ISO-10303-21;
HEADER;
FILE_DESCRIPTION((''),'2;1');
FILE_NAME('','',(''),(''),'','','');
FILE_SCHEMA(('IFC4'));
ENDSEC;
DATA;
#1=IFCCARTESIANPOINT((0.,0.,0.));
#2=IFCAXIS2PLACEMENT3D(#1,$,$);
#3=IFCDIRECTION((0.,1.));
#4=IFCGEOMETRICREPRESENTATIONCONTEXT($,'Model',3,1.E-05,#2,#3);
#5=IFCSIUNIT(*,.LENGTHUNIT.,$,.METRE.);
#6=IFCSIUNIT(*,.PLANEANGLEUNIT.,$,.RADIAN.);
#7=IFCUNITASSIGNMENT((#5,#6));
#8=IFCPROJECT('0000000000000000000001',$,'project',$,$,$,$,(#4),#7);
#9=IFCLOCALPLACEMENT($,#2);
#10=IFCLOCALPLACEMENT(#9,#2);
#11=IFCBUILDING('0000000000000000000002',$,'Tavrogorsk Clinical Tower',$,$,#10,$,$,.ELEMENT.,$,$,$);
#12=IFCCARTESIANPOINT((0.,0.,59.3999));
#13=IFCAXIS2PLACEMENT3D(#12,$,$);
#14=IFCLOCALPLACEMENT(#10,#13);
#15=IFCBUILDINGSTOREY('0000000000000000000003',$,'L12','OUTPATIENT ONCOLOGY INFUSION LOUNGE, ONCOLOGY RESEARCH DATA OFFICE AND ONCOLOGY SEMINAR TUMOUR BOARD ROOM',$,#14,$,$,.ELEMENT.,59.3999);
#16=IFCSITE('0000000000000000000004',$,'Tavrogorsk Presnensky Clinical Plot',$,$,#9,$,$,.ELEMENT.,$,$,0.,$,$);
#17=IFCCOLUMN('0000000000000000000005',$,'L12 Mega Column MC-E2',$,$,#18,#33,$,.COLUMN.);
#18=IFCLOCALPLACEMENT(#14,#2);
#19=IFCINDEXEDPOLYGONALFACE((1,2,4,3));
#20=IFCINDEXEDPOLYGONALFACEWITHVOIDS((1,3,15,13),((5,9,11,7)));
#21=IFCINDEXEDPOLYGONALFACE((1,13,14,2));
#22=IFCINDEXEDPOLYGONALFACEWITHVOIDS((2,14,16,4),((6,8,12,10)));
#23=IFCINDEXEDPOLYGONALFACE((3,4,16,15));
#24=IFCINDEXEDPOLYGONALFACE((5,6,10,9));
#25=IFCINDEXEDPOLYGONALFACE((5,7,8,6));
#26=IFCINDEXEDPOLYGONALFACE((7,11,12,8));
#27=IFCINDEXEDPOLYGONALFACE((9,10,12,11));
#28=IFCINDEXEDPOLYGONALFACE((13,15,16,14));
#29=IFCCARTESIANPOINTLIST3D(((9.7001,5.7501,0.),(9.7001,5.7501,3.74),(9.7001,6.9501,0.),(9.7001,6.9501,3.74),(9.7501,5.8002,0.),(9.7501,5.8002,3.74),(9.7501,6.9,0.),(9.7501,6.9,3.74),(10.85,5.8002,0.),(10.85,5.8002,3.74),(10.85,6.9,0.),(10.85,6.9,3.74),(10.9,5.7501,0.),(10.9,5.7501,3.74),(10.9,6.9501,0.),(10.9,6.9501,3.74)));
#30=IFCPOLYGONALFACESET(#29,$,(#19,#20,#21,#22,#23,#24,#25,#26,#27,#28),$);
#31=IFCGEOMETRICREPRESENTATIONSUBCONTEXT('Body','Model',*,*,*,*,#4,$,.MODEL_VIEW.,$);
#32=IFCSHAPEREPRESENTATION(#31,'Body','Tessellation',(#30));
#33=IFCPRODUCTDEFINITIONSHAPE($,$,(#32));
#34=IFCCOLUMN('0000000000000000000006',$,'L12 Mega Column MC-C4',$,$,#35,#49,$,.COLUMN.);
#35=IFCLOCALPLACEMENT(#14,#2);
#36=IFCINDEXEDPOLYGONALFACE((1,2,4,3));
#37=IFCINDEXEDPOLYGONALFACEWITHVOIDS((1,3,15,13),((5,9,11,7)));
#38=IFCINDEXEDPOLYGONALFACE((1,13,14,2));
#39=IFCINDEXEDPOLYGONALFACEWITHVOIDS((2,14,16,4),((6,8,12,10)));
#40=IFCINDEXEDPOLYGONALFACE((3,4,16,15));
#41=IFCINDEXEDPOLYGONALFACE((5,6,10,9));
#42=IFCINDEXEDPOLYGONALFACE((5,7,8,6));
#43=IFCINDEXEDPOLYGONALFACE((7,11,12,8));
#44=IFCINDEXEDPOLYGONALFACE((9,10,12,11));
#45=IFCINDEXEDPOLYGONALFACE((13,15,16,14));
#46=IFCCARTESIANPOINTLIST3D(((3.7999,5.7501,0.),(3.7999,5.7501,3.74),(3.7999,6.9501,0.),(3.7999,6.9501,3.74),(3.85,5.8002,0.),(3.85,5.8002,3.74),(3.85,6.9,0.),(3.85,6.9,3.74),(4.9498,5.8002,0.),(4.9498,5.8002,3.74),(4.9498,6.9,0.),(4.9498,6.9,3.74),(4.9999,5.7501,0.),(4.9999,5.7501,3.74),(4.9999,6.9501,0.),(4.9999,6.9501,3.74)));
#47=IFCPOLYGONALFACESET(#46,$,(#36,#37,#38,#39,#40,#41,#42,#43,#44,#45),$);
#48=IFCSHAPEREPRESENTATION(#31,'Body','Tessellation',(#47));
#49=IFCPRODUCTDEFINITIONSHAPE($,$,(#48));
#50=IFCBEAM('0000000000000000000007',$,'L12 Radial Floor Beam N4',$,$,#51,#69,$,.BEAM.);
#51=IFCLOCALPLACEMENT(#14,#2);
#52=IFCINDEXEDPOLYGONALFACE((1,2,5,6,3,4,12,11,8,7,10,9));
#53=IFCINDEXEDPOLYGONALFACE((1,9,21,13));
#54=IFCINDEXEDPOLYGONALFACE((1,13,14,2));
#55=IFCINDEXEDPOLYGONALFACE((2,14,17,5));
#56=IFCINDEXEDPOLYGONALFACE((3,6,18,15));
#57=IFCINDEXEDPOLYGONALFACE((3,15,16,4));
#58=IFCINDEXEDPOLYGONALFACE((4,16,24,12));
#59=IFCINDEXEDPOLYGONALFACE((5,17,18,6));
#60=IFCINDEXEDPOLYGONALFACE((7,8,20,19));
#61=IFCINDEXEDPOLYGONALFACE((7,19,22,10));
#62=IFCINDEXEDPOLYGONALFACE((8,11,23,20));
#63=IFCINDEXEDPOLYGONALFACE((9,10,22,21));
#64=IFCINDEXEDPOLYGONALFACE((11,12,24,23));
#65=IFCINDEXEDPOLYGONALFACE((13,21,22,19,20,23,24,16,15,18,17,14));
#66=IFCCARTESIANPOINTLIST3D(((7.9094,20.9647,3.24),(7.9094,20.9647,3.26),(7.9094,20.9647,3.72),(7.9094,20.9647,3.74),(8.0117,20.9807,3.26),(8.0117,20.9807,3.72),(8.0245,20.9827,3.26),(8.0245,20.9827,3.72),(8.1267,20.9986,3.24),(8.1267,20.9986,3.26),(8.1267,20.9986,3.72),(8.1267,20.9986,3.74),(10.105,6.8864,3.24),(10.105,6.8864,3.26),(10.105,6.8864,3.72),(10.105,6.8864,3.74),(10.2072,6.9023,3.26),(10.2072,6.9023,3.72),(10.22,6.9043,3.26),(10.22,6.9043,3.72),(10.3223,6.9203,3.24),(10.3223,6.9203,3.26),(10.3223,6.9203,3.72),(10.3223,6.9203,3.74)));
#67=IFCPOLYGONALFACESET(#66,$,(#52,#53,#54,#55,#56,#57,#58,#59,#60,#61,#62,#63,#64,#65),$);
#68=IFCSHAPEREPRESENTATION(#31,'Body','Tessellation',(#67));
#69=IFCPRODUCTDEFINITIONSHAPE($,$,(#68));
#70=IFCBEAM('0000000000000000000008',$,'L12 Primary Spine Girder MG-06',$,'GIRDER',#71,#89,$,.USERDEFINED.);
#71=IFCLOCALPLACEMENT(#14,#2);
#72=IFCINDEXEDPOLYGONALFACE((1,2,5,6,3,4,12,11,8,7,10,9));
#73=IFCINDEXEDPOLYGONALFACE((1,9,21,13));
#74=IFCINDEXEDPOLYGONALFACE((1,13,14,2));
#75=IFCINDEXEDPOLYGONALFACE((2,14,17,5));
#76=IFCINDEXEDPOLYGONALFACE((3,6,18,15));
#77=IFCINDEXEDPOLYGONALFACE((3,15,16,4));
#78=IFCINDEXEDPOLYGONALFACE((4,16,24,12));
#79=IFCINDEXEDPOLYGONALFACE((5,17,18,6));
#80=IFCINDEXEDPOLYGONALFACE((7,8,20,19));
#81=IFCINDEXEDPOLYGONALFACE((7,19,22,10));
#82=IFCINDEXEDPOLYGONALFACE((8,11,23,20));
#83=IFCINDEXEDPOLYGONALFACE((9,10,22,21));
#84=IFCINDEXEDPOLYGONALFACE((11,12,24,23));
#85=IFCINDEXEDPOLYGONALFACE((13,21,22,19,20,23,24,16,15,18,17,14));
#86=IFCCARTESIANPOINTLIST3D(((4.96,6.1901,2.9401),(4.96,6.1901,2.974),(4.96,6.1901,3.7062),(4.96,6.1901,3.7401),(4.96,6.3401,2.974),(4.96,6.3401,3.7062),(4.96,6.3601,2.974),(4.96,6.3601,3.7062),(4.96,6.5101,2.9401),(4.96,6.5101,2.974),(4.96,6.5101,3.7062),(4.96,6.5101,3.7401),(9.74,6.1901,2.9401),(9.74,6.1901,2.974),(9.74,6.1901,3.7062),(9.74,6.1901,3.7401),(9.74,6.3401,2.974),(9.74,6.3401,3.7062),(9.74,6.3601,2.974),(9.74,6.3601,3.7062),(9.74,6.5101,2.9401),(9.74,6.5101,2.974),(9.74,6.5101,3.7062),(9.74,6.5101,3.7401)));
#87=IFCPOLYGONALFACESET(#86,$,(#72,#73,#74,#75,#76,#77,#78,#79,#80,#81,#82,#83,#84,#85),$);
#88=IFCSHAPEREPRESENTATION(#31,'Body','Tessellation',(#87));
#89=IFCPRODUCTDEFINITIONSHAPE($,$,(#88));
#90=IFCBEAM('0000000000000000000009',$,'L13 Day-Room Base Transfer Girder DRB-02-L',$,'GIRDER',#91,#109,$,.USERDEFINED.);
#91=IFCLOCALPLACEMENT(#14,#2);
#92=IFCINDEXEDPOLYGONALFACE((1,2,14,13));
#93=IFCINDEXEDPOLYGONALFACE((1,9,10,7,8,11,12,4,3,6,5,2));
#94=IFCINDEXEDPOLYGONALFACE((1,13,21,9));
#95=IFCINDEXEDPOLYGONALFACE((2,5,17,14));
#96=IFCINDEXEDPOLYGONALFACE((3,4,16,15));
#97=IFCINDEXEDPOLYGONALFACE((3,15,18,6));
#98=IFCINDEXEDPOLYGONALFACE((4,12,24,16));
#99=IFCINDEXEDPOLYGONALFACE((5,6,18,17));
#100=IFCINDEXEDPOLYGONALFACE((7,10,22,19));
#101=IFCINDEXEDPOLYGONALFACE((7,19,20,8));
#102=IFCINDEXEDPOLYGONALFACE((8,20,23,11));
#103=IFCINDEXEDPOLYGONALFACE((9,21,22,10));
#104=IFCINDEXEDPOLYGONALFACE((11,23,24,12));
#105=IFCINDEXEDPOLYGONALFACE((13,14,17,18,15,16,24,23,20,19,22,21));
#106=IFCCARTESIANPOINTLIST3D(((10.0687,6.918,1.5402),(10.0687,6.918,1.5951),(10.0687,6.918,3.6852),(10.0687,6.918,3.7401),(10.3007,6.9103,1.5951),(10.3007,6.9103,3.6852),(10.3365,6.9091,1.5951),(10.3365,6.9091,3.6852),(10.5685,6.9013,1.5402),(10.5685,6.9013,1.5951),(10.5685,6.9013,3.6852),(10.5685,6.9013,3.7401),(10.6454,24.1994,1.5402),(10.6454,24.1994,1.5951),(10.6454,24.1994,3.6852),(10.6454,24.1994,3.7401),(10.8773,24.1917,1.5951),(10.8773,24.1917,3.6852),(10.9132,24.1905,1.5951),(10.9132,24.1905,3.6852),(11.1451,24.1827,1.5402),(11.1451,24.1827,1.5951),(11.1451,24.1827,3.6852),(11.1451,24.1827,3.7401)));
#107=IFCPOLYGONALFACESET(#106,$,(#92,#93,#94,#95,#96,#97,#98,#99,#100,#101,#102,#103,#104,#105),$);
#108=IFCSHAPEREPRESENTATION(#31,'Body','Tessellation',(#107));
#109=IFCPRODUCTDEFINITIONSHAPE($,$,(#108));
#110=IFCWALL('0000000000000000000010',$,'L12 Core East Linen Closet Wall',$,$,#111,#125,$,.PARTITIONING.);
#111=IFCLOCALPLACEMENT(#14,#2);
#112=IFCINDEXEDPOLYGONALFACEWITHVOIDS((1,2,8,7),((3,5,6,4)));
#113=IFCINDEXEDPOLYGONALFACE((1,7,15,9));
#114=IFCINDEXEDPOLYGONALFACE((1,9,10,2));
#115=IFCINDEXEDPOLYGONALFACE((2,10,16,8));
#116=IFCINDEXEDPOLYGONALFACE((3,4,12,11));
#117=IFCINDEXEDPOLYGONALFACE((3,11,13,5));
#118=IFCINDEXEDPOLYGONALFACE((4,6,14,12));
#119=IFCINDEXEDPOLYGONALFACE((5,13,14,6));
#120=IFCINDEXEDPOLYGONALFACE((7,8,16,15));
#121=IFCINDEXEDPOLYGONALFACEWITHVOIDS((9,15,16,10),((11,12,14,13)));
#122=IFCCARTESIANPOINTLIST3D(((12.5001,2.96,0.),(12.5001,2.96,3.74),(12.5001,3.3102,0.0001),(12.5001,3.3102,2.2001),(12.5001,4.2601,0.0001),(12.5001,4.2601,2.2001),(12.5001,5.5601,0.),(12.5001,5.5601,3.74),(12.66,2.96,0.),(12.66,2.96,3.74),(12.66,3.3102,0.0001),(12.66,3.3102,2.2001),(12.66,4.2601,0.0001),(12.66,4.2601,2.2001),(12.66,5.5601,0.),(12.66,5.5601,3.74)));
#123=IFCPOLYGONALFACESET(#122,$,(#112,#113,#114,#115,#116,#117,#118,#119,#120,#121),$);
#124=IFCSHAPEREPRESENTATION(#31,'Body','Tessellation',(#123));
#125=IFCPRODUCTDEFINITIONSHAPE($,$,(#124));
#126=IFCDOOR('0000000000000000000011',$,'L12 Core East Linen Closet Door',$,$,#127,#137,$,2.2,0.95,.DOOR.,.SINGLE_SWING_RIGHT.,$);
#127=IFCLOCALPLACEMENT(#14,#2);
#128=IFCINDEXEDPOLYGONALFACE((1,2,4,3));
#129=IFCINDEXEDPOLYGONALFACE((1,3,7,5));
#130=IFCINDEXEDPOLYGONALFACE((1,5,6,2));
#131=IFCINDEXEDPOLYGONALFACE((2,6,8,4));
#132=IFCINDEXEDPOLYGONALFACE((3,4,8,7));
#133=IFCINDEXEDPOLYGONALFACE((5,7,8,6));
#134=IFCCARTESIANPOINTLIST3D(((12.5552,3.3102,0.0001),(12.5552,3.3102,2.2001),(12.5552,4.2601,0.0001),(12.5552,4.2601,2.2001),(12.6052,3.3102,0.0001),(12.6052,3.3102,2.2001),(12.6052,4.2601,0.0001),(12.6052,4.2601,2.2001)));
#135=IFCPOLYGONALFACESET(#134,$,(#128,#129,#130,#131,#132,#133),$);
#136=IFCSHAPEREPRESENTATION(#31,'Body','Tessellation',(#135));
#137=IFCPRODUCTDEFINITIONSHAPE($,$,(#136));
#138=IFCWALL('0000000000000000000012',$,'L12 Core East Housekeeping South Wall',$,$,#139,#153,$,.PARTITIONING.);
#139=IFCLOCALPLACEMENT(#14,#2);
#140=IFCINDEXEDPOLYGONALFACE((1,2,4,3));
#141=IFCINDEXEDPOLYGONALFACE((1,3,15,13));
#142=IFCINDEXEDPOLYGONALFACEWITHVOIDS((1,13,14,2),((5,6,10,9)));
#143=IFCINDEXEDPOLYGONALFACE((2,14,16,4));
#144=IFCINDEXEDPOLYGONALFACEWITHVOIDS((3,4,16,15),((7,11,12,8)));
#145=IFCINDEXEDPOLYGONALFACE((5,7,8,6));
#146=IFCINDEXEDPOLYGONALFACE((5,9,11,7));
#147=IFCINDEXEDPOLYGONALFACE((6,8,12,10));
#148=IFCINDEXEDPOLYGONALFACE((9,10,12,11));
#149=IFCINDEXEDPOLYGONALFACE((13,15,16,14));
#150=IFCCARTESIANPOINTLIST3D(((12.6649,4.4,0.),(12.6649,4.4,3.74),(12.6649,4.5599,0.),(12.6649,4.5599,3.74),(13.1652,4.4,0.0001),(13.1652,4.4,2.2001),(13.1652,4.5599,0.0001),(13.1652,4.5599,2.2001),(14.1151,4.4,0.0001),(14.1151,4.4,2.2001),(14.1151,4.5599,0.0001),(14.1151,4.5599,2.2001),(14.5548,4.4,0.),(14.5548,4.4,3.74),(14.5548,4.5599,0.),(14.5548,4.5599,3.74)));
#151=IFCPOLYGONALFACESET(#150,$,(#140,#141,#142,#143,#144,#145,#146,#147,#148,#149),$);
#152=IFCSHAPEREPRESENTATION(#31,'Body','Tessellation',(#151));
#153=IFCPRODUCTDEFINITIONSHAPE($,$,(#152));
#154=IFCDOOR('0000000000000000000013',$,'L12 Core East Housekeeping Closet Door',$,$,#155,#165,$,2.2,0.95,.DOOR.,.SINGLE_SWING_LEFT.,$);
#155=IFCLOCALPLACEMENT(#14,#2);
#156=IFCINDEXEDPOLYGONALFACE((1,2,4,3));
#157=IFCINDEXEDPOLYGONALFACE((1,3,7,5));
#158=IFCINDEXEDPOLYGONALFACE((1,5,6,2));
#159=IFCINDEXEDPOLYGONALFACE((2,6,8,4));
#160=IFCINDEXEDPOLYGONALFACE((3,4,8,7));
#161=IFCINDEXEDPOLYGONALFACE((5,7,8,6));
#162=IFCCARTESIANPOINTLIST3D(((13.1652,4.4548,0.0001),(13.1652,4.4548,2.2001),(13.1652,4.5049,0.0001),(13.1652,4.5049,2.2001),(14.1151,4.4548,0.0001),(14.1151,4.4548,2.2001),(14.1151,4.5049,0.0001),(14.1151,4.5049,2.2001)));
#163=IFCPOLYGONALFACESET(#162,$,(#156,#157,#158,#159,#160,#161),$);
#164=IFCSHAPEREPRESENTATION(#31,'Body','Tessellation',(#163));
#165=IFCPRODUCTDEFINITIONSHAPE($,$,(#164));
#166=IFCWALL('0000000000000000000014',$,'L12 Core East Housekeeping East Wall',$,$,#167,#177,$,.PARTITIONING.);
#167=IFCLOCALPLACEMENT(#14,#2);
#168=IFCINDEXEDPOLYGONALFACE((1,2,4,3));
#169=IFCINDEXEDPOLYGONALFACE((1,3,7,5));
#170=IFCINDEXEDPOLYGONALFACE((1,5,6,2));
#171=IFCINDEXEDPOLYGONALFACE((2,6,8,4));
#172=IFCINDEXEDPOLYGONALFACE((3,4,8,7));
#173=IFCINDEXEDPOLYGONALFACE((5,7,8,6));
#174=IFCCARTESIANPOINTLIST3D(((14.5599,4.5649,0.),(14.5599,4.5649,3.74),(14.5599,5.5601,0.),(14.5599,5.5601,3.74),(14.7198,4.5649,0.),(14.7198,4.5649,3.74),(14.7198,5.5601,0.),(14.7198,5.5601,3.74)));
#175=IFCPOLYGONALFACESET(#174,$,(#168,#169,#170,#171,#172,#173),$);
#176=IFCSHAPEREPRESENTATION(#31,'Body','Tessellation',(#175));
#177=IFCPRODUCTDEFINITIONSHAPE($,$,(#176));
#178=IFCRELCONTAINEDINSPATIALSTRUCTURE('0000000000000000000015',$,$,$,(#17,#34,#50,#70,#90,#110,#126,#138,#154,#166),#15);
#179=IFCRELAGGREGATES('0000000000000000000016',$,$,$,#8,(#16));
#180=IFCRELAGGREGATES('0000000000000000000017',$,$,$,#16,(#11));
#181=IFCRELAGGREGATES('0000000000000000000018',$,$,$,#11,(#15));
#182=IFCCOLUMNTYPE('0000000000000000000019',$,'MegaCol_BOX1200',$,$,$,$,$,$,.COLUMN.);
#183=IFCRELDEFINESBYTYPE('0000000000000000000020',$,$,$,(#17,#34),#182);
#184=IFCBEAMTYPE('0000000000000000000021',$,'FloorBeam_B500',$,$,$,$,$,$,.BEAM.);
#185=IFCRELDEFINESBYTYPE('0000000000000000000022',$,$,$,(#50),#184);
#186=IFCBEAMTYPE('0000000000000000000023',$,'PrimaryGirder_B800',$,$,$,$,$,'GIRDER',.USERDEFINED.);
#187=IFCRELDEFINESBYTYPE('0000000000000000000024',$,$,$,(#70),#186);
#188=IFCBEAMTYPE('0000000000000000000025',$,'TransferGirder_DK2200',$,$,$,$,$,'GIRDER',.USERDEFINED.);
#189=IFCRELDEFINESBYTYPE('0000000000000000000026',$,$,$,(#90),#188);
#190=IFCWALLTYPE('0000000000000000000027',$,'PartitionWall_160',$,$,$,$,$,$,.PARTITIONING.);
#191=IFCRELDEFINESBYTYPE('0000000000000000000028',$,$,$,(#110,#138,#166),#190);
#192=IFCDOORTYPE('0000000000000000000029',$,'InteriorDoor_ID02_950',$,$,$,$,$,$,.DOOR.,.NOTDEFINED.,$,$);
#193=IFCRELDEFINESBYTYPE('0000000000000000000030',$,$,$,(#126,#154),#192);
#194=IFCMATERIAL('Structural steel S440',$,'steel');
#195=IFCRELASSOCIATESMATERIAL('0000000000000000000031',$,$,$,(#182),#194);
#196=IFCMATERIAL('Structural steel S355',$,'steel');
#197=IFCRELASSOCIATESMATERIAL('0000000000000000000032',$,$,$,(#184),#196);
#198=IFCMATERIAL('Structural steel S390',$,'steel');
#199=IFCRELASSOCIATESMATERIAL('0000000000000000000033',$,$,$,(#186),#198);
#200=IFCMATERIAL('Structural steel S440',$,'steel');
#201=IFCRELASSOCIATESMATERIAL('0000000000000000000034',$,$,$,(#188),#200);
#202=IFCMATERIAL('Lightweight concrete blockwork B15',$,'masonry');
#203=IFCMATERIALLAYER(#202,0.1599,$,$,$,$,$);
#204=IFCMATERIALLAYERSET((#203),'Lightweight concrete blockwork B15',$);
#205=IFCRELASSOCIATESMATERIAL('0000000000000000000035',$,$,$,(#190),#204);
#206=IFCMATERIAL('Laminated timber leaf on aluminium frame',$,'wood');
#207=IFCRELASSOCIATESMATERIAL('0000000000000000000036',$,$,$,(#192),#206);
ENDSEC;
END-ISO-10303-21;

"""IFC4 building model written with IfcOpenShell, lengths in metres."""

from ifc_helpers import new_model, si_unit, direction, frame, frame_2d, origin, origin_2d, place, context, subcontext, project, spatial, rectangle, hollow_rectangle, i_section, extrude, material, layer, layer_set, material_profile, profile_set, type_object, element, fill, save


model = new_model("IFC4")

# Units and contexts
model_context = context("Model", 3, precision=1e-05, world=origin(), true_north=direction((0.0, 1.0)))
body_context = subcontext(model_context, "Body", "Model", "MODEL_VIEW")
ifc_project = project(units=[si_unit("LENGTHUNIT", "METRE"), si_unit("PLANEANGLEUNIT", "RADIAN")], contexts=[model_context])

# Site, building, storey
site_placement = place(None, origin())
site = spatial("IfcSite", under=ifc_project, at=site_placement, Name="Tavrogorsk Presnensky Clinical Plot", CompositionType="ELEMENT", RefElevation=0.0)
building_placement = place(site_placement, origin())
building = spatial("IfcBuilding", under=site, at=building_placement, Name="Tavrogorsk Clinical Tower", CompositionType="ELEMENT")
storey_placement = place(building_placement, frame((0.0, 0.0, 59.3999)))
storey = spatial("IfcBuildingStorey", under=building, at=storey_placement, Name="L12", Description="OUTPATIENT ONCOLOGY INFUSION LOUNGE, ONCOLOGY RESEARCH DATA OFFICE AND ONCOLOGY SEMINAR TUMOUR BOARD ROOM", CompositionType="ELEMENT", Elevation=59.3999)

# Columns
ifc_material_1 = material(Name="Structural steel S440", Category="steel")
ifc_material_profile_1 = material_profile(ifc_material_1, hollow_rectangle(XDim=1.2, YDim=1.2, WallThickness=0.05, at=origin_2d()), Name="BOX-1200x1200x50")
ifc_profile_set_1 = profile_set([ifc_material_profile_1], Name="Structural steel S440")
column_type = type_object("IfcColumnType", Name="MegaCol_BOX1200", PredefinedType="COLUMN", material=ifc_profile_set_1)
for number, where, z_axis, x_axis, name in (
    (1, (10.3, 6.3501, 0.0), (0.0, 0.0, 1.0), (1.0, 0.0, 0.0), "L12 Mega Column MC-E2"),
    (2, (4.3999, 6.3501, 0.0), (0.0, 0.0, 1.0), (1.0, 0.0, 0.0), "L12 Mega Column MC-C4"),
):
    element("IfcColumn", number, at=place(storey_placement, frame(where, z_axis=z_axis, x_axis=x_axis)), inside=storey, type_object=column_type, Name=name, PredefinedType="COLUMN", context=body_context, shape_type="SweptSolid", body=[
        extrude(hollow_rectangle(XDim=1.2, YDim=1.2, WallThickness=0.05, at=origin_2d()), origin(), (0.0, 0.0, 1.0), 3.74),
    ])

# Beams
ifc_material_2 = material(Name="Structural steel S355", Category="steel")
ifc_material_profile_2 = material_profile(ifc_material_2, i_section(OverallWidth=0.22, OverallDepth=0.5, WebThickness=0.0129, FlangeThickness=0.02, at=origin_2d()), Name="B-500x220x13x20")
ifc_profile_set_2 = profile_set([ifc_material_profile_2], Name="Structural steel S355")
beam_type_1 = type_object("IfcBeamType", Name="FloorBeam_B500", PredefinedType="BEAM", material=ifc_profile_set_2)
beam_1_placement = place(storey_placement, frame((10.2136, 6.9033, 3.49), z_axis=(-0.15409, 0.988057, 0.0), x_axis=(-0.988057, -0.15409, 0.0)))
element("IfcBeam", 3, at=beam_1_placement, inside=storey, type_object=beam_type_1, Name="L12 Radial Floor Beam N4", PredefinedType="BEAM", context=body_context, shape_type="SweptSolid", body=[
    extrude(i_section(OverallWidth=0.22, OverallDepth=0.5, WebThickness=0.0129, FlangeThickness=0.02, at=origin_2d()), origin(), (0.0, 0.0, 1.0), 14.2485),
])
ifc_material_3 = material(Name="Structural steel S390", Category="steel")
ifc_material_profile_3 = material_profile(ifc_material_3, i_section(OverallWidth=0.3201, OverallDepth=0.8, WebThickness=0.02, FlangeThickness=0.0339, at=origin_2d()), Name="B-800x320x20x34")
ifc_profile_set_3 = profile_set([ifc_material_profile_3], Name="Structural steel S390")
beam_type_2 = type_object("IfcBeamType", Name="PrimaryGirder_B800", ElementType="GIRDER", PredefinedType="USERDEFINED", material=ifc_profile_set_3)
beam_2_placement = place(storey_placement, frame((4.96, 6.3501, 3.3401), z_axis=(1.0, 0.0, 0.0), x_axis=(0.0, 1.0, 0.0)))
element("IfcBeam", 4, at=beam_2_placement, inside=storey, type_object=beam_type_2, Name="L12 Primary Spine Girder MG-06", ObjectType="GIRDER", PredefinedType="USERDEFINED", context=body_context, shape_type="SweptSolid", body=[
    extrude(i_section(OverallWidth=0.3201, OverallDepth=0.8, WebThickness=0.02, FlangeThickness=0.0339, at=origin_2d()), origin(), (0.0, 0.0, 1.0), 4.78),
])
ifc_material_4 = material(Name="Structural steel S440", Category="steel")
ifc_material_profile_4 = material_profile(ifc_material_4, i_section(OverallWidth=0.5, OverallDepth=2.2, WebThickness=0.0359, FlangeThickness=0.0549, at=origin_2d()), Name="DK-2200x500x36x55")
ifc_profile_set_4 = profile_set([ifc_material_profile_4], Name="Structural steel S440")
beam_type_3 = type_object("IfcBeamType", Name="TransferGirder_DK2200", ElementType="GIRDER", PredefinedType="USERDEFINED", material=ifc_profile_set_4)
beam_3_placement = place(storey_placement, frame((10.3186, 6.9097, 2.6401), z_axis=(0.03335, 0.999444, 0.0), x_axis=(-0.999444, 0.03335, 0.0)))
element("IfcBeam", 5, at=beam_3_placement, inside=storey, type_object=beam_type_3, Name="L13 Day-Room Base Transfer Girder DRB-02-L", ObjectType="GIRDER", PredefinedType="USERDEFINED", context=body_context, shape_type="SweptSolid", body=[
    extrude(i_section(OverallWidth=0.5, OverallDepth=2.2, WebThickness=0.0359, FlangeThickness=0.0549, at=origin_2d()), origin(), (0.0, 0.0, 1.0), 17.291),
])

# Walls, openings, doors
ifc_material_5 = material(Name="Lightweight concrete blockwork B15", Category="masonry")
ifc_layer_1 = layer(ifc_material_5, 0.1599)
ifc_layer_set_1 = layer_set([ifc_layer_1], Name="Lightweight concrete blockwork B15")
wall_type_1 = type_object("IfcWallType", Name="PartitionWall_160", PredefinedType="PARTITIONING", material=ifc_layer_set_1)
wall_1_placement = place(storey_placement, frame((12.5801, 2.96, 0.0), z_axis=(0.0, 0.0, 1.0), x_axis=(0.0, 1.0, 0.0)))
wall_1 = element("IfcWall", 6, at=wall_1_placement, inside=storey, type_object=wall_type_1, Name="L12 Core East Linen Closet Wall", PredefinedType="PARTITIONING", context=body_context, shape_type="SweptSolid", body=[
    extrude(rectangle(XDim=2.6001, YDim=0.1599, at=frame_2d((1.3, 0.0))), origin(), (0.0, 0.0, 1.0), 3.74),
])
opening_1_placement = place(wall_1_placement, frame((0.3501, 0.0, 0.0)))
opening_1 = element("IfcOpeningElement", 7, at=opening_1_placement, cuts=wall_1, PredefinedType="OPENING", context=body_context, shape_type="SweptSolid", body=[
    extrude(rectangle(XDim=0.95, YDim=2.2, at=frame_2d((0.4751, 1.1001))), frame((0.0, 0.0898, 0.0), z_axis=(0.0, -1.0, 0.0), x_axis=(1.0, 0.0, 0.0)), (0.0, 0.0, 1.0), 0.1799),
])
ifc_material_6 = material(Name="Laminated timber leaf on aluminium frame", Category="wood")
door_type_1 = type_object("IfcDoorType", Name="InteriorDoor_ID02_950", OperationType="NOTDEFINED", PredefinedType="DOOR", material=ifc_material_6)
door_1_placement = place(opening_1_placement, origin())
door_1 = element("IfcDoor", 8, at=door_1_placement, inside=storey, type_object=door_type_1, Name="L12 Core East Linen Closet Door", OperationType="SINGLE_SWING_RIGHT", OverallHeight=2.2, OverallWidth=0.95, PredefinedType="DOOR", context=body_context, shape_type="SweptSolid", body=[
    extrude(rectangle(XDim=0.95, YDim=2.2, at=frame_2d((0.4751, 1.1001))), frame((0.0, 0.0249, 0.0), z_axis=(0.0, -1.0, 0.0), x_axis=(1.0, 0.0, 0.0)), (0.0, 0.0, 1.0), 0.05),
])
fill(opening_1, door_1)
wall_2_placement = place(storey_placement, frame((12.665, 4.48, 0.0), z_axis=(0.0, 0.0, 1.0), x_axis=(1.0, 0.0, 0.0)))
wall_2 = element("IfcWall", 9, at=wall_2_placement, inside=storey, type_object=wall_type_1, Name="L12 Core East Housekeeping South Wall", PredefinedType="PARTITIONING", context=body_context, shape_type="SweptSolid", body=[
    extrude(rectangle(XDim=1.8899, YDim=0.1599, at=frame_2d((0.9448, 0.0))), origin(), (0.0, 0.0, 1.0), 3.74),
])
opening_2_placement = place(wall_2_placement, frame((0.5, 0.0, 0.0)))
opening_2 = element("IfcOpeningElement", 10, at=opening_2_placement, cuts=wall_2, PredefinedType="OPENING", context=body_context, shape_type="SweptSolid", body=[
    extrude(rectangle(XDim=0.95, YDim=2.2, at=frame_2d((0.4751, 1.1001))), frame((0.0, 0.0898, 0.0), z_axis=(0.0, -1.0, 0.0), x_axis=(1.0, 0.0, 0.0)), (0.0, 0.0, 1.0), 0.1799),
])
door_2_placement = place(opening_2_placement, origin())
door_2 = element("IfcDoor", 11, at=door_2_placement, inside=storey, type_object=door_type_1, Name="L12 Core East Housekeeping Closet Door", OperationType="SINGLE_SWING_LEFT", OverallHeight=2.2, OverallWidth=0.95, PredefinedType="DOOR", context=body_context, shape_type="SweptSolid", body=[
    extrude(rectangle(XDim=0.95, YDim=2.2, at=frame_2d((0.4751, 1.1001))), frame((0.0, 0.0249, 0.0), z_axis=(0.0, -1.0, 0.0), x_axis=(1.0, 0.0, 0.0)), (0.0, 0.0, 1.0), 0.05),
])
fill(opening_2, door_2)

# Wall
wall_3_placement = place(storey_placement, frame((14.6399, 4.5649, 0.0), z_axis=(0.0, 0.0, 1.0), x_axis=(0.0, 1.0, 0.0)))
element("IfcWall", 12, at=wall_3_placement, inside=storey, type_object=wall_type_1, Name="L12 Core East Housekeeping East Wall", PredefinedType="PARTITIONING", context=body_context, shape_type="SweptSolid", body=[
    extrude(rectangle(XDim=0.9951, YDim=0.1599, at=frame_2d((0.4976, 0.0))), origin(), (0.0, 0.0, 1.0), 3.74),
])

save(model, "model.ifc")
